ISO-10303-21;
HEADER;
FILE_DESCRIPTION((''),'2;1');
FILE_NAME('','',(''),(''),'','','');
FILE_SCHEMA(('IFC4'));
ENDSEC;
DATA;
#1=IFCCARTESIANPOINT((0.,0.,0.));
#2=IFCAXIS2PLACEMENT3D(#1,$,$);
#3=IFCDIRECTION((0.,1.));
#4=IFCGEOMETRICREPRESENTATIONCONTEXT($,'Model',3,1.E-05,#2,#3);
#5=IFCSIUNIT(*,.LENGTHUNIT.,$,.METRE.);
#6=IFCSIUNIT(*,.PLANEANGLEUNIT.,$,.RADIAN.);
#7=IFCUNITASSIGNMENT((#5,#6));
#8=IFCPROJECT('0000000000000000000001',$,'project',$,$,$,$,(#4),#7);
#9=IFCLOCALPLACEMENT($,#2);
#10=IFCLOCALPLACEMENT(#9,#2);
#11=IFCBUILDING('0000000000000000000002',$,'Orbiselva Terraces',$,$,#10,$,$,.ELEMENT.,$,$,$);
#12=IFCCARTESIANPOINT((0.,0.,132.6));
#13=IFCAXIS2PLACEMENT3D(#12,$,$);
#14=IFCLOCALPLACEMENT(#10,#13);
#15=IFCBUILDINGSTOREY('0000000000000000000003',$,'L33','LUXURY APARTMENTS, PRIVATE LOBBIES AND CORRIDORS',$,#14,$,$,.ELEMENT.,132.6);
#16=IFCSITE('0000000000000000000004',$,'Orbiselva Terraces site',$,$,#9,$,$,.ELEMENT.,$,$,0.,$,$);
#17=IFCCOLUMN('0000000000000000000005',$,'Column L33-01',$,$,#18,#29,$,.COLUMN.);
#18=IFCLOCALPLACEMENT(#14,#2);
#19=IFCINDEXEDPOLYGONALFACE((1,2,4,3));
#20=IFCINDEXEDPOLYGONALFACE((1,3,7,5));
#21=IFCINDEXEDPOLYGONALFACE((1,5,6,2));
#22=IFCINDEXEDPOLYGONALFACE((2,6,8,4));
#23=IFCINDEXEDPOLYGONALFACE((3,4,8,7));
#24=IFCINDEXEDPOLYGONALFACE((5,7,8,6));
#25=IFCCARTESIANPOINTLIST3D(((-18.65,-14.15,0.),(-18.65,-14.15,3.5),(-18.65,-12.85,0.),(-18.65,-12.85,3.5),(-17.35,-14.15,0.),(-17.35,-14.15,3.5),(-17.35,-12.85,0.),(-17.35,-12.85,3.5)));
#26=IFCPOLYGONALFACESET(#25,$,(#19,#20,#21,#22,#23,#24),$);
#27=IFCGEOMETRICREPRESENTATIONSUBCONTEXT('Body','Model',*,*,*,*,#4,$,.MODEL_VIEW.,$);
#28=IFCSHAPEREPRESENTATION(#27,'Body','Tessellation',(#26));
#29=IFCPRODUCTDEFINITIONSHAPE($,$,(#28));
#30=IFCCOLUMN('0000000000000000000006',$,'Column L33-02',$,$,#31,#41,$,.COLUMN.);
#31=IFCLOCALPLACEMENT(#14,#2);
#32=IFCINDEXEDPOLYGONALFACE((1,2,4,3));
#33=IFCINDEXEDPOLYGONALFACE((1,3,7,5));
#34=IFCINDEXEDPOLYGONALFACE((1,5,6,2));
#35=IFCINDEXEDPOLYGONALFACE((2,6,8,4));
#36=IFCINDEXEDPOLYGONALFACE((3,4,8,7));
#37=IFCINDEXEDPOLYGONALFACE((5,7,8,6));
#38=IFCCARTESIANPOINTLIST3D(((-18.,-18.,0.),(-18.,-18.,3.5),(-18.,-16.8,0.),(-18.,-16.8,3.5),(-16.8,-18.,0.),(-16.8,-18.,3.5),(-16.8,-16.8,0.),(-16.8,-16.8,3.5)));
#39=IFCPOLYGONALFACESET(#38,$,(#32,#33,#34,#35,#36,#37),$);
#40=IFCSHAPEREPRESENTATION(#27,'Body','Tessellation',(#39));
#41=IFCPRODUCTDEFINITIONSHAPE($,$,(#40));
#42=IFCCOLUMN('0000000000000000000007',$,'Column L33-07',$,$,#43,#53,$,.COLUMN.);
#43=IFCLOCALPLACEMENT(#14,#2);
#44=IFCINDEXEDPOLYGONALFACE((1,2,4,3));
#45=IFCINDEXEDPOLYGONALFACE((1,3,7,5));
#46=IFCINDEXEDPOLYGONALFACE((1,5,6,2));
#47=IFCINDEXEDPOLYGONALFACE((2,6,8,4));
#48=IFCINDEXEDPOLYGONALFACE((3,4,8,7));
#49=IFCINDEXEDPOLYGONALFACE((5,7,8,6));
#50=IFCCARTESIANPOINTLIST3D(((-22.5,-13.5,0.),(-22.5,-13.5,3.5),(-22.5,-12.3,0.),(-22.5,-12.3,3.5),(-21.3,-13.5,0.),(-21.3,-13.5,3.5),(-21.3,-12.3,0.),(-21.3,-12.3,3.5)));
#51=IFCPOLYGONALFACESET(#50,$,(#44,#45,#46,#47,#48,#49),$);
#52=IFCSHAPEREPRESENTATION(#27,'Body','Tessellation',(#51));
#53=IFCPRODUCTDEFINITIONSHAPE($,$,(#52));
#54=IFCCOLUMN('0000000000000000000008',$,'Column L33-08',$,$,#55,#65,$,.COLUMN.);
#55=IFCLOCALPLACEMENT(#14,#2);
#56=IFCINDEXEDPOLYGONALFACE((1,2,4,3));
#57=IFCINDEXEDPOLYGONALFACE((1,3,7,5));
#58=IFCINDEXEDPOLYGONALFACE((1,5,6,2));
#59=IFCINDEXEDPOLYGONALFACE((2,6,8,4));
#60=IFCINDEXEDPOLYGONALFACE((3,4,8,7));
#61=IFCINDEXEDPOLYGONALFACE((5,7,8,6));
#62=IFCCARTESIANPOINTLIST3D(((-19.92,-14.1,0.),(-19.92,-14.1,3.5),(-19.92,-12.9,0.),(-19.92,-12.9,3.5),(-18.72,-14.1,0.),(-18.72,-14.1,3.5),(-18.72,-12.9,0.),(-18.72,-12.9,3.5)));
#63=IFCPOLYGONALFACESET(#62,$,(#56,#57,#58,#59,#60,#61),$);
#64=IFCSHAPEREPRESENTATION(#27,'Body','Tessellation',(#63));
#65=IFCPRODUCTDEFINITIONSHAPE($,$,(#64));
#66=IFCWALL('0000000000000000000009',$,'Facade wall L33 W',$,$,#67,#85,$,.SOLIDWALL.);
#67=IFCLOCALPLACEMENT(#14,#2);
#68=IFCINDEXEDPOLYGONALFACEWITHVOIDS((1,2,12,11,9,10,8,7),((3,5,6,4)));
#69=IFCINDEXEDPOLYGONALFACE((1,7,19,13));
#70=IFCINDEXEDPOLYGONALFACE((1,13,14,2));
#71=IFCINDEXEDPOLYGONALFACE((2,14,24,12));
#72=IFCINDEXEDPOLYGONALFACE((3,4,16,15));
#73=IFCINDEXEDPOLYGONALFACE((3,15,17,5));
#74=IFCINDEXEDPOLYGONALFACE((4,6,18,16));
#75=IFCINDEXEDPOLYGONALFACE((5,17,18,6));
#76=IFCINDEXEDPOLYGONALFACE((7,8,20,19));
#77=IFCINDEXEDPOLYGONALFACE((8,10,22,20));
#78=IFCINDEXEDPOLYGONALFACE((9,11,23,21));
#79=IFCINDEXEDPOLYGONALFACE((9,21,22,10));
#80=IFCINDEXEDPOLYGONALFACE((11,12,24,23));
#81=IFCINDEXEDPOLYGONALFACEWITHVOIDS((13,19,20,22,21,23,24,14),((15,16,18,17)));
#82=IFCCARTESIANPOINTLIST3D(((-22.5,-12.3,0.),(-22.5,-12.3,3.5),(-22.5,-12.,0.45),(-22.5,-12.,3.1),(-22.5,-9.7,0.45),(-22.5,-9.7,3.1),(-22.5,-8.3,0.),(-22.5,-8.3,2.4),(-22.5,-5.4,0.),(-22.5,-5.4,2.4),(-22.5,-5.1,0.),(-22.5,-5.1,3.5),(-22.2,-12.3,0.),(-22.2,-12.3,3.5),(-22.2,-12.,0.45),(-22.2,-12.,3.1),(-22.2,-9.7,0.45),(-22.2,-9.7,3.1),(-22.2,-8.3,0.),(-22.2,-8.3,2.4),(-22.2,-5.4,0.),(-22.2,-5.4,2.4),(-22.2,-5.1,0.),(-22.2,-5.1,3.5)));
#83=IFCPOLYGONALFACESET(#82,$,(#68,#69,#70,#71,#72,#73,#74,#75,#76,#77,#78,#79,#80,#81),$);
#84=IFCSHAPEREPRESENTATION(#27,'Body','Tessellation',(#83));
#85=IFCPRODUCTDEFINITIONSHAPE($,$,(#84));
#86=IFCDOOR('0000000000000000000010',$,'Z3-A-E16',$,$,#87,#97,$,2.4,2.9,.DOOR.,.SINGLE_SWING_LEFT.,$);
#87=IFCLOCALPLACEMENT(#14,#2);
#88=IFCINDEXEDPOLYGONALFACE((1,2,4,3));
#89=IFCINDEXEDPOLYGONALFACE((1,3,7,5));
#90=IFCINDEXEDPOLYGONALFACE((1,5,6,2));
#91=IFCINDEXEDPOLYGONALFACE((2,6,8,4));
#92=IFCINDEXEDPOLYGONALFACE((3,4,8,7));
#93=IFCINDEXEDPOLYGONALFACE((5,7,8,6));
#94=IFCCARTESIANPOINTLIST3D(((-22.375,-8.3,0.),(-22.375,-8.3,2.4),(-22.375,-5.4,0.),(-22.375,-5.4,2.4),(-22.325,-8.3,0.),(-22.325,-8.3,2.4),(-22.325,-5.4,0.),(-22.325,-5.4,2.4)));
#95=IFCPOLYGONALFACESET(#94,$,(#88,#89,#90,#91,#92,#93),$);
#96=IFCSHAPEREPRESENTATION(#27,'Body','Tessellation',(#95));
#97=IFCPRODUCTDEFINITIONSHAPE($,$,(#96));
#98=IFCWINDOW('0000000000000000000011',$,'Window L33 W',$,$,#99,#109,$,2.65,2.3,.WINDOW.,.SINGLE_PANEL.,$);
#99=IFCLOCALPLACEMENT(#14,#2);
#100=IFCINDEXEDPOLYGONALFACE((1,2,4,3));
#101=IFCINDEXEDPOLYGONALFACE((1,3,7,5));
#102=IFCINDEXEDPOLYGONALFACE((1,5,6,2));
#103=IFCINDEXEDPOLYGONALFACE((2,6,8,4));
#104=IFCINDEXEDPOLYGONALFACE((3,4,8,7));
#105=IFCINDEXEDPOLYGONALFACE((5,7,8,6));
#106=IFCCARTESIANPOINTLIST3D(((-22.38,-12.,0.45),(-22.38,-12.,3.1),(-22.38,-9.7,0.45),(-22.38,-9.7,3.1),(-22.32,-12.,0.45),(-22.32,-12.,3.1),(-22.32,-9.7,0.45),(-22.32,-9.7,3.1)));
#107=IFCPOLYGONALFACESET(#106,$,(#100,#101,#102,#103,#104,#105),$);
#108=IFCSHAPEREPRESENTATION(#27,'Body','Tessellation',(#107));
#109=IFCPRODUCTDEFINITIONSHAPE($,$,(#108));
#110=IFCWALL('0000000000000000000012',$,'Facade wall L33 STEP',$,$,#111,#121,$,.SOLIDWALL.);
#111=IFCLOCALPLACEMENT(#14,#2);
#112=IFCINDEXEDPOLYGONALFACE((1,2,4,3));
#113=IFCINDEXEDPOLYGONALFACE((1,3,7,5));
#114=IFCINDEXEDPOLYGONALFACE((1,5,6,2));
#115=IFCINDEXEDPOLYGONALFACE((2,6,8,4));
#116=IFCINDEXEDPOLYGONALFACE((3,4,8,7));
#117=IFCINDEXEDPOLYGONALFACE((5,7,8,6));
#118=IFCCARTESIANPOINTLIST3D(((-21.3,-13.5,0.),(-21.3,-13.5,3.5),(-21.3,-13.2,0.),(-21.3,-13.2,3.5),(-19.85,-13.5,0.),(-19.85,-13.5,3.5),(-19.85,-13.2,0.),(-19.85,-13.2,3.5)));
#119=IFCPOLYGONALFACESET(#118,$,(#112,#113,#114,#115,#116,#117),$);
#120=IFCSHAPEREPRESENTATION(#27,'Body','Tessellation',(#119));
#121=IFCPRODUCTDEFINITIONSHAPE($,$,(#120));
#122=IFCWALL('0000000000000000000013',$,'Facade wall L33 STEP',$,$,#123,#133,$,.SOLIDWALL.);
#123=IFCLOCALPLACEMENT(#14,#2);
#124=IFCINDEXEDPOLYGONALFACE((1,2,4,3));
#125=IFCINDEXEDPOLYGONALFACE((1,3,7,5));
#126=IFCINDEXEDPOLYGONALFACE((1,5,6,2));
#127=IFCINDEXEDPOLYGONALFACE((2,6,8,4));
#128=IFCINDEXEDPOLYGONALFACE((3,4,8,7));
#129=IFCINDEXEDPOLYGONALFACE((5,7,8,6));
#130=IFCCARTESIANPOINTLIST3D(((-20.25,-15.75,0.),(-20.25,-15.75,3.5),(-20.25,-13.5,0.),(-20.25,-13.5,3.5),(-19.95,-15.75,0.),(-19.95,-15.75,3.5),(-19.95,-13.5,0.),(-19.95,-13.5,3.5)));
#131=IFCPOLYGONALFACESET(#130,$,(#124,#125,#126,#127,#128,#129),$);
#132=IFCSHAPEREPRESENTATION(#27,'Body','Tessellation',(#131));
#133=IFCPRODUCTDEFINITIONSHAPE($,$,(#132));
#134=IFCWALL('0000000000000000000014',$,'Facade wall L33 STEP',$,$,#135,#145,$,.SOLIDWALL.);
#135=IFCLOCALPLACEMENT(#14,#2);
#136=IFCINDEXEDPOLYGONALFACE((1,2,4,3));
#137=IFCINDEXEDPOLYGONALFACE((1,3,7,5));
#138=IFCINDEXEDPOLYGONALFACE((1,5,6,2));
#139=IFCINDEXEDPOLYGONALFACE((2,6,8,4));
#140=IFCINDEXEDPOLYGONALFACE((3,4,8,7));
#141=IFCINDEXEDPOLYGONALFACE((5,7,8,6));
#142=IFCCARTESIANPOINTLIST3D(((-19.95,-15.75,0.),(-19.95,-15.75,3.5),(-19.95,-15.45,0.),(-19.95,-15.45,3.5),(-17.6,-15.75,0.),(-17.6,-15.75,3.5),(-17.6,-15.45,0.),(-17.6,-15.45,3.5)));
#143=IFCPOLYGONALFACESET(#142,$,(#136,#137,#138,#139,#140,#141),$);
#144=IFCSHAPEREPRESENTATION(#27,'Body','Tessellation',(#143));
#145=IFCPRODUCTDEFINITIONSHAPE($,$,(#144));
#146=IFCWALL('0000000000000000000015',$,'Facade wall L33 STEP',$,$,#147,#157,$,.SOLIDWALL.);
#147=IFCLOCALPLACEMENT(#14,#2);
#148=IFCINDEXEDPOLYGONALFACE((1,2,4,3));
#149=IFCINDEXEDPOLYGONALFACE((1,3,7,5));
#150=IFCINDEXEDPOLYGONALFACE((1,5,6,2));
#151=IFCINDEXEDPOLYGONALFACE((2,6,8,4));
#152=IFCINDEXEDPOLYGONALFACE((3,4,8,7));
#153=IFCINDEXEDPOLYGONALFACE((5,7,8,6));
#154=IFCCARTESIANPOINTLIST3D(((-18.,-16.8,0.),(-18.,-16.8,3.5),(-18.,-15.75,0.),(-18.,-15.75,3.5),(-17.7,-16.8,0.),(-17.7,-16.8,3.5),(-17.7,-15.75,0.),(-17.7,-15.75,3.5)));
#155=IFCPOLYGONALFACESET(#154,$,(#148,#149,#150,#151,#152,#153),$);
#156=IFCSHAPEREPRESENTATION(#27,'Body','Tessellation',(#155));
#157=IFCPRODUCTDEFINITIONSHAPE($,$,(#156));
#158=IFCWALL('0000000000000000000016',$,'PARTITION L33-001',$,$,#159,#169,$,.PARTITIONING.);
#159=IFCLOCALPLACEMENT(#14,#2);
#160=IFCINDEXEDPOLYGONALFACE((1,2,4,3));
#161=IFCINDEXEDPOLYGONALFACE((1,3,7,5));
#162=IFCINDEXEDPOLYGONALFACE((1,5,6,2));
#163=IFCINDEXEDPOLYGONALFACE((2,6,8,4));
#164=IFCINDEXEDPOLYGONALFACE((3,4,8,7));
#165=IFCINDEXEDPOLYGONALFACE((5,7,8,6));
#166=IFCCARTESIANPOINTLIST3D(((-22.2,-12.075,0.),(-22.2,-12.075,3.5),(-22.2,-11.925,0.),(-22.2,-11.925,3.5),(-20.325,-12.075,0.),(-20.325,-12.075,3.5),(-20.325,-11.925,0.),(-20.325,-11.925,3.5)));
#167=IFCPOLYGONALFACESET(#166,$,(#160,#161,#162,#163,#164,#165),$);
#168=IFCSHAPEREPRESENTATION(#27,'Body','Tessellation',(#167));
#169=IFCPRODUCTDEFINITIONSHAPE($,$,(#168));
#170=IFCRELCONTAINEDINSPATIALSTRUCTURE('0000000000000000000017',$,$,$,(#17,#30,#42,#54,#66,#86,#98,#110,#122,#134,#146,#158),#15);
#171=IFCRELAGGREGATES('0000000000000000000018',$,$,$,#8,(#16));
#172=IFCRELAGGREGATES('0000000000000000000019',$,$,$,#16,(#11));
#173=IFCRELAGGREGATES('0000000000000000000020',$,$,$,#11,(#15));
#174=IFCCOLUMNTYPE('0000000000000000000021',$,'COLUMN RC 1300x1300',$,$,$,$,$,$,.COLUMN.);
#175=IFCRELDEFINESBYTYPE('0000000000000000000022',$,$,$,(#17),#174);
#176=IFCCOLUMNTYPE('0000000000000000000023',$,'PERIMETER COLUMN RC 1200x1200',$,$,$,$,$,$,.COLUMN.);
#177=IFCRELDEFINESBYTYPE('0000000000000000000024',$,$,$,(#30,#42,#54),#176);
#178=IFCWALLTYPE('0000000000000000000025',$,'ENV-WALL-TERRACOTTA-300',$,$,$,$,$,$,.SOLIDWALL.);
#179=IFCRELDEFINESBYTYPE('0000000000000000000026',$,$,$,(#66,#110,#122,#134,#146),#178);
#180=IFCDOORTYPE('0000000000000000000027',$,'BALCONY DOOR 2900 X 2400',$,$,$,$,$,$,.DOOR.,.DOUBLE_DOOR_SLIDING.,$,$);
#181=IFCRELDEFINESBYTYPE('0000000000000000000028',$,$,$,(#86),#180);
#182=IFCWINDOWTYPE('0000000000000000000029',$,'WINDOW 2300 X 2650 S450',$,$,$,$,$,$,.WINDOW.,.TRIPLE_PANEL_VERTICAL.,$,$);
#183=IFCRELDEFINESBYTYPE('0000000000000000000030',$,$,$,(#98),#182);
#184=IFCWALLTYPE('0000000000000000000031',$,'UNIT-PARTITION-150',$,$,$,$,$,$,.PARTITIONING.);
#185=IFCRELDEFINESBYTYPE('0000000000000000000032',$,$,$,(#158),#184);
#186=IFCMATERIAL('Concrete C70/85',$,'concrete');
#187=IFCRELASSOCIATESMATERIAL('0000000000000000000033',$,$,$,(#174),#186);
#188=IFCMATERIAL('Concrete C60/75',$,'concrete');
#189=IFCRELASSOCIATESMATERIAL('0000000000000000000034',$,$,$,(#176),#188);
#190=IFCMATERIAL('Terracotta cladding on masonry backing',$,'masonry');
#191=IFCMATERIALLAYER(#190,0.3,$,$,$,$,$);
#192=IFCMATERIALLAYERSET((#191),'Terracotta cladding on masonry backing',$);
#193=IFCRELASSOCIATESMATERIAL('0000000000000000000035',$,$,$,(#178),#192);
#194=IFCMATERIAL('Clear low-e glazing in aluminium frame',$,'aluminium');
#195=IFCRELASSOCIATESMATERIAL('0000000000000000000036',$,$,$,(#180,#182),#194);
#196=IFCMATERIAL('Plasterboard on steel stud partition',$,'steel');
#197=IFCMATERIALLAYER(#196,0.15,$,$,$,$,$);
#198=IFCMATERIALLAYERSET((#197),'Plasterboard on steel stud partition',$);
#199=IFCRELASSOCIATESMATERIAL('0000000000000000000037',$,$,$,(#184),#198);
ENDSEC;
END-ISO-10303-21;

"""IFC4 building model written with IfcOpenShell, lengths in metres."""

from ifc_helpers import new_model, si_unit, direction, frame, frame_2d, origin, origin_2d, place, context, subcontext, project, spatial, rectangle, extrude, material, layer, layer_set, material_profile, profile_set, type_object, element, fill, save


model = new_model("IFC4")

# Units and contexts
model_context = context("Model", 3, precision=1e-05, world=origin(), true_north=direction((0.0, 1.0)))
body_context = subcontext(model_context, "Body", "Model", "MODEL_VIEW")
ifc_project = project(units=[si_unit("LENGTHUNIT", "METRE"), si_unit("PLANEANGLEUNIT", "RADIAN")], contexts=[model_context])

# Site, building, storey
site_placement = place(None, origin())
site = spatial("IfcSite", under=ifc_project, at=site_placement, Name="Orbiselva Terraces site", CompositionType="ELEMENT", RefElevation=0.0)
building_placement = place(site_placement, origin())
building = spatial("IfcBuilding", under=site, at=building_placement, Name="Orbiselva Terraces", CompositionType="ELEMENT")
storey_placement = place(building_placement, frame((0.0, 0.0, 132.6)))
storey = spatial("IfcBuildingStorey", under=building, at=storey_placement, Name="L33", Description="LUXURY APARTMENTS, PRIVATE LOBBIES AND CORRIDORS", CompositionType="ELEMENT", Elevation=132.6)

# Columns
ifc_material_1 = material(Name="Concrete C70/85", Category="concrete")
ifc_material_profile_1 = material_profile(ifc_material_1, rectangle(XDim=1.3, YDim=1.3, at=origin_2d()), Name="RC 1300x1300")
ifc_profile_set_1 = profile_set([ifc_material_profile_1], Name="Concrete C70/85")
column_type_1 = type_object("IfcColumnType", Name="COLUMN RC 1300x1300", PredefinedType="COLUMN", material=ifc_profile_set_1)
column_placement = place(storey_placement, frame((-18.0, -13.5, 0.0), z_axis=(0.0, 0.0, 1.0), x_axis=(1.0, 0.0, 0.0)))
element("IfcColumn", 1, at=column_placement, inside=storey, type_object=column_type_1, Name="Column L33-01", PredefinedType="COLUMN", context=body_context, shape_type="SweptSolid", body=[
    extrude(rectangle(XDim=1.3, YDim=1.3, at=origin_2d()), origin(), (0.0, 0.0, 1.0), 3.5),
])
ifc_material_2 = material(Name="Concrete C60/75", Category="concrete")
ifc_material_profile_2 = material_profile(ifc_material_2, rectangle(XDim=1.2, YDim=1.2, at=origin_2d()), Name="RC 1200x1200")
ifc_profile_set_2 = profile_set([ifc_material_profile_2], Name="Concrete C60/75")
column_type_2 = type_object("IfcColumnType", Name="PERIMETER COLUMN RC 1200x1200", PredefinedType="COLUMN", material=ifc_profile_set_2)
for number, where, z_axis, x_axis, name in (
    (2, (-17.4, -17.4, 0.0), (0.0, 0.0, 1.0), (1.0, 0.0, 0.0), "Column L33-02"),
    (3, (-21.9, -12.9, 0.0), (0.0, 0.0, 1.0), (1.0, 0.0, 0.0), "Column L33-07"),
    (4, (-19.32, -13.5, 0.0), (0.0, 0.0, 1.0), (1.0, 0.0, 0.0), "Column L33-08"),
):
    element("IfcColumn", number, at=place(storey_placement, frame(where, z_axis=z_axis, x_axis=x_axis)), inside=storey, type_object=column_type_2, Name=name, PredefinedType="COLUMN", context=body_context, shape_type="SweptSolid", body=[
        extrude(rectangle(XDim=1.2, YDim=1.2, at=origin_2d()), origin(), (0.0, 0.0, 1.0), 3.5),
    ])

# Wall, openings, door, window
ifc_material_3 = material(Name="Terracotta cladding on masonry backing", Category="masonry")
ifc_layer_1 = layer(ifc_material_3, 0.3)
ifc_layer_set_1 = layer_set([ifc_layer_1], Name="Terracotta cladding on masonry backing")
wall_type_1 = type_object("IfcWallType", Name="ENV-WALL-TERRACOTTA-300", PredefinedType="SOLIDWALL", material=ifc_layer_set_1)
wall_1_placement = place(storey_placement, frame((-22.35, -12.3, 0.0), z_axis=(0.0, 0.0, 1.0), x_axis=(0.0, 1.0, 0.0)))
wall_1 = element("IfcWall", 5, at=wall_1_placement, inside=storey, type_object=wall_type_1, Name="Facade wall L33 W", PredefinedType="SOLIDWALL", context=body_context, shape_type="SweptSolid", body=[
    extrude(rectangle(XDim=7.2, YDim=0.3, at=frame_2d((3.6, 0.0))), origin(), (0.0, 0.0, 1.0), 3.5),
])
opening_1_placement = place(wall_1_placement, frame((4.0, 0.0, 0.0)))
opening_1 = element("IfcOpeningElement", 6, at=opening_1_placement, cuts=wall_1, PredefinedType="OPENING", context=body_context, shape_type="SweptSolid", body=[
    extrude(rectangle(XDim=2.9, YDim=2.4, at=frame_2d((1.45, 1.2))), frame((0.0, 0.16, 0.0), z_axis=(0.0, -1.0, 0.0), x_axis=(1.0, 0.0, 0.0)), (0.0, 0.0, 1.0), 0.32),
])
opening_2_placement = place(wall_1_placement, frame((0.3, 0.0, 0.45)))
opening_2 = element("IfcOpeningElement", 7, at=opening_2_placement, cuts=wall_1, PredefinedType="OPENING", context=body_context, shape_type="SweptSolid", body=[
    extrude(rectangle(XDim=2.3, YDim=2.65, at=frame_2d((1.15, 1.325))), frame((0.0, 0.16, 0.0), z_axis=(0.0, -1.0, 0.0), x_axis=(1.0, 0.0, 0.0)), (0.0, 0.0, 1.0), 0.32),
])
ifc_material_4 = material(Name="Clear low-e glazing in aluminium frame", Category="aluminium")
door_type_1 = type_object("IfcDoorType", Name="BALCONY DOOR 2900 X 2400", OperationType="DOUBLE_DOOR_SLIDING", PredefinedType="DOOR", material=ifc_material_4)
door_1_placement = place(opening_1_placement, origin())
door_1 = element("IfcDoor", 8, at=door_1_placement, inside=storey, type_object=door_type_1, Name="Z3-A-E16", OperationType="SINGLE_SWING_LEFT", OverallHeight=2.4, OverallWidth=2.9, PredefinedType="DOOR", context=body_context, shape_type="SweptSolid", body=[
    extrude(rectangle(XDim=2.9, YDim=2.4, at=frame_2d((1.45, 1.2))), frame((0.0, 0.025, 0.0), z_axis=(0.0, -1.0, 0.0), x_axis=(1.0, 0.0, 0.0)), (0.0, 0.0, 1.0), 0.05),
])
fill(opening_1, door_1)
window_type = type_object("IfcWindowType", Name="WINDOW 2300 X 2650 S450", PartitioningType="TRIPLE_PANEL_VERTICAL", PredefinedType="WINDOW", material=ifc_material_4)
window_placement = place(opening_2_placement, origin())
window = element("IfcWindow", 9, at=window_placement, inside=storey, type_object=window_type, Name="Window L33 W", OverallHeight=2.65, OverallWidth=2.3, PartitioningType="SINGLE_PANEL", PredefinedType="WINDOW", context=body_context, shape_type="SweptSolid", body=[
    extrude(rectangle(XDim=2.3, YDim=2.65, at=frame_2d((1.15, 1.325))), frame((0.0, 0.03, 0.0), z_axis=(0.0, -1.0, 0.0), x_axis=(1.0, 0.0, 0.0)), (0.0, 0.0, 1.0), 0.06),
])
fill(opening_2, window)

# Walls
wall_2_placement = place(storey_placement, frame((-19.85, -13.35, 0.0), z_axis=(0.0, 0.0, 1.0), x_axis=(-1.0, 0.0, 0.0)))
element("IfcWall", 10, at=wall_2_placement, inside=storey, type_object=wall_type_1, Name="Facade wall L33 STEP", PredefinedType="SOLIDWALL", context=body_context, shape_type="SweptSolid", body=[
    extrude(rectangle(XDim=1.45, YDim=0.3, at=frame_2d((0.725, 0.0))), origin(), (0.0, 0.0, 1.0), 3.5),
])
wall_3_placement = place(storey_placement, frame((-20.1, -15.75, 0.0), z_axis=(0.0, 0.0, 1.0), x_axis=(0.0, 1.0, 0.0)))
element("IfcWall", 11, at=wall_3_placement, inside=storey, type_object=wall_type_1, Name="Facade wall L33 STEP", PredefinedType="SOLIDWALL", context=body_context, shape_type="SweptSolid", body=[
    extrude(rectangle(XDim=2.25, YDim=0.3, at=frame_2d((1.125, 0.0))), origin(), (0.0, 0.0, 1.0), 3.5),
])
wall_4_placement = place(storey_placement, frame((-17.6, -15.6, 0.0), z_axis=(0.0, 0.0, 1.0), x_axis=(-1.0, 0.0, 0.0)))
element("IfcWall", 12, at=wall_4_placement, inside=storey, type_object=wall_type_1, Name="Facade wall L33 STEP", PredefinedType="SOLIDWALL", context=body_context, shape_type="SweptSolid", body=[
    extrude(rectangle(XDim=2.35, YDim=0.3, at=frame_2d((1.175, 0.0))), origin(), (0.0, 0.0, 1.0), 3.5),
])
wall_5_placement = place(storey_placement, frame((-17.85, -16.8, 0.0), z_axis=(0.0, 0.0, 1.0), x_axis=(0.0, 1.0, 0.0)))
element("IfcWall", 13, at=wall_5_placement, inside=storey, type_object=wall_type_1, Name="Facade wall L33 STEP", PredefinedType="SOLIDWALL", context=body_context, shape_type="SweptSolid", body=[
    extrude(rectangle(XDim=1.05, YDim=0.3, at=frame_2d((0.525, 0.0))), origin(), (0.0, 0.0, 1.0), 3.5),
])
ifc_material_5 = material(Name="Plasterboard on steel stud partition", Category="steel")
ifc_layer_2 = layer(ifc_material_5, 0.15)
ifc_layer_set_2 = layer_set([ifc_layer_2], Name="Plasterboard on steel stud partition")
wall_type_2 = type_object("IfcWallType", Name="UNIT-PARTITION-150", PredefinedType="PARTITIONING", material=ifc_layer_set_2)
wall_6_placement = place(storey_placement, frame((-22.2, -12.0, 0.0), z_axis=(0.0, 0.0, 1.0), x_axis=(1.0, 0.0, 0.0)))
element("IfcWall", 14, at=wall_6_placement, inside=storey, type_object=wall_type_2, Name="PARTITION L33-001", PredefinedType="PARTITIONING", context=body_context, shape_type="SweptSolid", body=[
    extrude(rectangle(XDim=1.875, YDim=0.15, at=frame_2d((0.9375, 0.0))), origin(), (0.0, 0.0, 1.0), 3.5),
])

save(model, "model.ifc")
